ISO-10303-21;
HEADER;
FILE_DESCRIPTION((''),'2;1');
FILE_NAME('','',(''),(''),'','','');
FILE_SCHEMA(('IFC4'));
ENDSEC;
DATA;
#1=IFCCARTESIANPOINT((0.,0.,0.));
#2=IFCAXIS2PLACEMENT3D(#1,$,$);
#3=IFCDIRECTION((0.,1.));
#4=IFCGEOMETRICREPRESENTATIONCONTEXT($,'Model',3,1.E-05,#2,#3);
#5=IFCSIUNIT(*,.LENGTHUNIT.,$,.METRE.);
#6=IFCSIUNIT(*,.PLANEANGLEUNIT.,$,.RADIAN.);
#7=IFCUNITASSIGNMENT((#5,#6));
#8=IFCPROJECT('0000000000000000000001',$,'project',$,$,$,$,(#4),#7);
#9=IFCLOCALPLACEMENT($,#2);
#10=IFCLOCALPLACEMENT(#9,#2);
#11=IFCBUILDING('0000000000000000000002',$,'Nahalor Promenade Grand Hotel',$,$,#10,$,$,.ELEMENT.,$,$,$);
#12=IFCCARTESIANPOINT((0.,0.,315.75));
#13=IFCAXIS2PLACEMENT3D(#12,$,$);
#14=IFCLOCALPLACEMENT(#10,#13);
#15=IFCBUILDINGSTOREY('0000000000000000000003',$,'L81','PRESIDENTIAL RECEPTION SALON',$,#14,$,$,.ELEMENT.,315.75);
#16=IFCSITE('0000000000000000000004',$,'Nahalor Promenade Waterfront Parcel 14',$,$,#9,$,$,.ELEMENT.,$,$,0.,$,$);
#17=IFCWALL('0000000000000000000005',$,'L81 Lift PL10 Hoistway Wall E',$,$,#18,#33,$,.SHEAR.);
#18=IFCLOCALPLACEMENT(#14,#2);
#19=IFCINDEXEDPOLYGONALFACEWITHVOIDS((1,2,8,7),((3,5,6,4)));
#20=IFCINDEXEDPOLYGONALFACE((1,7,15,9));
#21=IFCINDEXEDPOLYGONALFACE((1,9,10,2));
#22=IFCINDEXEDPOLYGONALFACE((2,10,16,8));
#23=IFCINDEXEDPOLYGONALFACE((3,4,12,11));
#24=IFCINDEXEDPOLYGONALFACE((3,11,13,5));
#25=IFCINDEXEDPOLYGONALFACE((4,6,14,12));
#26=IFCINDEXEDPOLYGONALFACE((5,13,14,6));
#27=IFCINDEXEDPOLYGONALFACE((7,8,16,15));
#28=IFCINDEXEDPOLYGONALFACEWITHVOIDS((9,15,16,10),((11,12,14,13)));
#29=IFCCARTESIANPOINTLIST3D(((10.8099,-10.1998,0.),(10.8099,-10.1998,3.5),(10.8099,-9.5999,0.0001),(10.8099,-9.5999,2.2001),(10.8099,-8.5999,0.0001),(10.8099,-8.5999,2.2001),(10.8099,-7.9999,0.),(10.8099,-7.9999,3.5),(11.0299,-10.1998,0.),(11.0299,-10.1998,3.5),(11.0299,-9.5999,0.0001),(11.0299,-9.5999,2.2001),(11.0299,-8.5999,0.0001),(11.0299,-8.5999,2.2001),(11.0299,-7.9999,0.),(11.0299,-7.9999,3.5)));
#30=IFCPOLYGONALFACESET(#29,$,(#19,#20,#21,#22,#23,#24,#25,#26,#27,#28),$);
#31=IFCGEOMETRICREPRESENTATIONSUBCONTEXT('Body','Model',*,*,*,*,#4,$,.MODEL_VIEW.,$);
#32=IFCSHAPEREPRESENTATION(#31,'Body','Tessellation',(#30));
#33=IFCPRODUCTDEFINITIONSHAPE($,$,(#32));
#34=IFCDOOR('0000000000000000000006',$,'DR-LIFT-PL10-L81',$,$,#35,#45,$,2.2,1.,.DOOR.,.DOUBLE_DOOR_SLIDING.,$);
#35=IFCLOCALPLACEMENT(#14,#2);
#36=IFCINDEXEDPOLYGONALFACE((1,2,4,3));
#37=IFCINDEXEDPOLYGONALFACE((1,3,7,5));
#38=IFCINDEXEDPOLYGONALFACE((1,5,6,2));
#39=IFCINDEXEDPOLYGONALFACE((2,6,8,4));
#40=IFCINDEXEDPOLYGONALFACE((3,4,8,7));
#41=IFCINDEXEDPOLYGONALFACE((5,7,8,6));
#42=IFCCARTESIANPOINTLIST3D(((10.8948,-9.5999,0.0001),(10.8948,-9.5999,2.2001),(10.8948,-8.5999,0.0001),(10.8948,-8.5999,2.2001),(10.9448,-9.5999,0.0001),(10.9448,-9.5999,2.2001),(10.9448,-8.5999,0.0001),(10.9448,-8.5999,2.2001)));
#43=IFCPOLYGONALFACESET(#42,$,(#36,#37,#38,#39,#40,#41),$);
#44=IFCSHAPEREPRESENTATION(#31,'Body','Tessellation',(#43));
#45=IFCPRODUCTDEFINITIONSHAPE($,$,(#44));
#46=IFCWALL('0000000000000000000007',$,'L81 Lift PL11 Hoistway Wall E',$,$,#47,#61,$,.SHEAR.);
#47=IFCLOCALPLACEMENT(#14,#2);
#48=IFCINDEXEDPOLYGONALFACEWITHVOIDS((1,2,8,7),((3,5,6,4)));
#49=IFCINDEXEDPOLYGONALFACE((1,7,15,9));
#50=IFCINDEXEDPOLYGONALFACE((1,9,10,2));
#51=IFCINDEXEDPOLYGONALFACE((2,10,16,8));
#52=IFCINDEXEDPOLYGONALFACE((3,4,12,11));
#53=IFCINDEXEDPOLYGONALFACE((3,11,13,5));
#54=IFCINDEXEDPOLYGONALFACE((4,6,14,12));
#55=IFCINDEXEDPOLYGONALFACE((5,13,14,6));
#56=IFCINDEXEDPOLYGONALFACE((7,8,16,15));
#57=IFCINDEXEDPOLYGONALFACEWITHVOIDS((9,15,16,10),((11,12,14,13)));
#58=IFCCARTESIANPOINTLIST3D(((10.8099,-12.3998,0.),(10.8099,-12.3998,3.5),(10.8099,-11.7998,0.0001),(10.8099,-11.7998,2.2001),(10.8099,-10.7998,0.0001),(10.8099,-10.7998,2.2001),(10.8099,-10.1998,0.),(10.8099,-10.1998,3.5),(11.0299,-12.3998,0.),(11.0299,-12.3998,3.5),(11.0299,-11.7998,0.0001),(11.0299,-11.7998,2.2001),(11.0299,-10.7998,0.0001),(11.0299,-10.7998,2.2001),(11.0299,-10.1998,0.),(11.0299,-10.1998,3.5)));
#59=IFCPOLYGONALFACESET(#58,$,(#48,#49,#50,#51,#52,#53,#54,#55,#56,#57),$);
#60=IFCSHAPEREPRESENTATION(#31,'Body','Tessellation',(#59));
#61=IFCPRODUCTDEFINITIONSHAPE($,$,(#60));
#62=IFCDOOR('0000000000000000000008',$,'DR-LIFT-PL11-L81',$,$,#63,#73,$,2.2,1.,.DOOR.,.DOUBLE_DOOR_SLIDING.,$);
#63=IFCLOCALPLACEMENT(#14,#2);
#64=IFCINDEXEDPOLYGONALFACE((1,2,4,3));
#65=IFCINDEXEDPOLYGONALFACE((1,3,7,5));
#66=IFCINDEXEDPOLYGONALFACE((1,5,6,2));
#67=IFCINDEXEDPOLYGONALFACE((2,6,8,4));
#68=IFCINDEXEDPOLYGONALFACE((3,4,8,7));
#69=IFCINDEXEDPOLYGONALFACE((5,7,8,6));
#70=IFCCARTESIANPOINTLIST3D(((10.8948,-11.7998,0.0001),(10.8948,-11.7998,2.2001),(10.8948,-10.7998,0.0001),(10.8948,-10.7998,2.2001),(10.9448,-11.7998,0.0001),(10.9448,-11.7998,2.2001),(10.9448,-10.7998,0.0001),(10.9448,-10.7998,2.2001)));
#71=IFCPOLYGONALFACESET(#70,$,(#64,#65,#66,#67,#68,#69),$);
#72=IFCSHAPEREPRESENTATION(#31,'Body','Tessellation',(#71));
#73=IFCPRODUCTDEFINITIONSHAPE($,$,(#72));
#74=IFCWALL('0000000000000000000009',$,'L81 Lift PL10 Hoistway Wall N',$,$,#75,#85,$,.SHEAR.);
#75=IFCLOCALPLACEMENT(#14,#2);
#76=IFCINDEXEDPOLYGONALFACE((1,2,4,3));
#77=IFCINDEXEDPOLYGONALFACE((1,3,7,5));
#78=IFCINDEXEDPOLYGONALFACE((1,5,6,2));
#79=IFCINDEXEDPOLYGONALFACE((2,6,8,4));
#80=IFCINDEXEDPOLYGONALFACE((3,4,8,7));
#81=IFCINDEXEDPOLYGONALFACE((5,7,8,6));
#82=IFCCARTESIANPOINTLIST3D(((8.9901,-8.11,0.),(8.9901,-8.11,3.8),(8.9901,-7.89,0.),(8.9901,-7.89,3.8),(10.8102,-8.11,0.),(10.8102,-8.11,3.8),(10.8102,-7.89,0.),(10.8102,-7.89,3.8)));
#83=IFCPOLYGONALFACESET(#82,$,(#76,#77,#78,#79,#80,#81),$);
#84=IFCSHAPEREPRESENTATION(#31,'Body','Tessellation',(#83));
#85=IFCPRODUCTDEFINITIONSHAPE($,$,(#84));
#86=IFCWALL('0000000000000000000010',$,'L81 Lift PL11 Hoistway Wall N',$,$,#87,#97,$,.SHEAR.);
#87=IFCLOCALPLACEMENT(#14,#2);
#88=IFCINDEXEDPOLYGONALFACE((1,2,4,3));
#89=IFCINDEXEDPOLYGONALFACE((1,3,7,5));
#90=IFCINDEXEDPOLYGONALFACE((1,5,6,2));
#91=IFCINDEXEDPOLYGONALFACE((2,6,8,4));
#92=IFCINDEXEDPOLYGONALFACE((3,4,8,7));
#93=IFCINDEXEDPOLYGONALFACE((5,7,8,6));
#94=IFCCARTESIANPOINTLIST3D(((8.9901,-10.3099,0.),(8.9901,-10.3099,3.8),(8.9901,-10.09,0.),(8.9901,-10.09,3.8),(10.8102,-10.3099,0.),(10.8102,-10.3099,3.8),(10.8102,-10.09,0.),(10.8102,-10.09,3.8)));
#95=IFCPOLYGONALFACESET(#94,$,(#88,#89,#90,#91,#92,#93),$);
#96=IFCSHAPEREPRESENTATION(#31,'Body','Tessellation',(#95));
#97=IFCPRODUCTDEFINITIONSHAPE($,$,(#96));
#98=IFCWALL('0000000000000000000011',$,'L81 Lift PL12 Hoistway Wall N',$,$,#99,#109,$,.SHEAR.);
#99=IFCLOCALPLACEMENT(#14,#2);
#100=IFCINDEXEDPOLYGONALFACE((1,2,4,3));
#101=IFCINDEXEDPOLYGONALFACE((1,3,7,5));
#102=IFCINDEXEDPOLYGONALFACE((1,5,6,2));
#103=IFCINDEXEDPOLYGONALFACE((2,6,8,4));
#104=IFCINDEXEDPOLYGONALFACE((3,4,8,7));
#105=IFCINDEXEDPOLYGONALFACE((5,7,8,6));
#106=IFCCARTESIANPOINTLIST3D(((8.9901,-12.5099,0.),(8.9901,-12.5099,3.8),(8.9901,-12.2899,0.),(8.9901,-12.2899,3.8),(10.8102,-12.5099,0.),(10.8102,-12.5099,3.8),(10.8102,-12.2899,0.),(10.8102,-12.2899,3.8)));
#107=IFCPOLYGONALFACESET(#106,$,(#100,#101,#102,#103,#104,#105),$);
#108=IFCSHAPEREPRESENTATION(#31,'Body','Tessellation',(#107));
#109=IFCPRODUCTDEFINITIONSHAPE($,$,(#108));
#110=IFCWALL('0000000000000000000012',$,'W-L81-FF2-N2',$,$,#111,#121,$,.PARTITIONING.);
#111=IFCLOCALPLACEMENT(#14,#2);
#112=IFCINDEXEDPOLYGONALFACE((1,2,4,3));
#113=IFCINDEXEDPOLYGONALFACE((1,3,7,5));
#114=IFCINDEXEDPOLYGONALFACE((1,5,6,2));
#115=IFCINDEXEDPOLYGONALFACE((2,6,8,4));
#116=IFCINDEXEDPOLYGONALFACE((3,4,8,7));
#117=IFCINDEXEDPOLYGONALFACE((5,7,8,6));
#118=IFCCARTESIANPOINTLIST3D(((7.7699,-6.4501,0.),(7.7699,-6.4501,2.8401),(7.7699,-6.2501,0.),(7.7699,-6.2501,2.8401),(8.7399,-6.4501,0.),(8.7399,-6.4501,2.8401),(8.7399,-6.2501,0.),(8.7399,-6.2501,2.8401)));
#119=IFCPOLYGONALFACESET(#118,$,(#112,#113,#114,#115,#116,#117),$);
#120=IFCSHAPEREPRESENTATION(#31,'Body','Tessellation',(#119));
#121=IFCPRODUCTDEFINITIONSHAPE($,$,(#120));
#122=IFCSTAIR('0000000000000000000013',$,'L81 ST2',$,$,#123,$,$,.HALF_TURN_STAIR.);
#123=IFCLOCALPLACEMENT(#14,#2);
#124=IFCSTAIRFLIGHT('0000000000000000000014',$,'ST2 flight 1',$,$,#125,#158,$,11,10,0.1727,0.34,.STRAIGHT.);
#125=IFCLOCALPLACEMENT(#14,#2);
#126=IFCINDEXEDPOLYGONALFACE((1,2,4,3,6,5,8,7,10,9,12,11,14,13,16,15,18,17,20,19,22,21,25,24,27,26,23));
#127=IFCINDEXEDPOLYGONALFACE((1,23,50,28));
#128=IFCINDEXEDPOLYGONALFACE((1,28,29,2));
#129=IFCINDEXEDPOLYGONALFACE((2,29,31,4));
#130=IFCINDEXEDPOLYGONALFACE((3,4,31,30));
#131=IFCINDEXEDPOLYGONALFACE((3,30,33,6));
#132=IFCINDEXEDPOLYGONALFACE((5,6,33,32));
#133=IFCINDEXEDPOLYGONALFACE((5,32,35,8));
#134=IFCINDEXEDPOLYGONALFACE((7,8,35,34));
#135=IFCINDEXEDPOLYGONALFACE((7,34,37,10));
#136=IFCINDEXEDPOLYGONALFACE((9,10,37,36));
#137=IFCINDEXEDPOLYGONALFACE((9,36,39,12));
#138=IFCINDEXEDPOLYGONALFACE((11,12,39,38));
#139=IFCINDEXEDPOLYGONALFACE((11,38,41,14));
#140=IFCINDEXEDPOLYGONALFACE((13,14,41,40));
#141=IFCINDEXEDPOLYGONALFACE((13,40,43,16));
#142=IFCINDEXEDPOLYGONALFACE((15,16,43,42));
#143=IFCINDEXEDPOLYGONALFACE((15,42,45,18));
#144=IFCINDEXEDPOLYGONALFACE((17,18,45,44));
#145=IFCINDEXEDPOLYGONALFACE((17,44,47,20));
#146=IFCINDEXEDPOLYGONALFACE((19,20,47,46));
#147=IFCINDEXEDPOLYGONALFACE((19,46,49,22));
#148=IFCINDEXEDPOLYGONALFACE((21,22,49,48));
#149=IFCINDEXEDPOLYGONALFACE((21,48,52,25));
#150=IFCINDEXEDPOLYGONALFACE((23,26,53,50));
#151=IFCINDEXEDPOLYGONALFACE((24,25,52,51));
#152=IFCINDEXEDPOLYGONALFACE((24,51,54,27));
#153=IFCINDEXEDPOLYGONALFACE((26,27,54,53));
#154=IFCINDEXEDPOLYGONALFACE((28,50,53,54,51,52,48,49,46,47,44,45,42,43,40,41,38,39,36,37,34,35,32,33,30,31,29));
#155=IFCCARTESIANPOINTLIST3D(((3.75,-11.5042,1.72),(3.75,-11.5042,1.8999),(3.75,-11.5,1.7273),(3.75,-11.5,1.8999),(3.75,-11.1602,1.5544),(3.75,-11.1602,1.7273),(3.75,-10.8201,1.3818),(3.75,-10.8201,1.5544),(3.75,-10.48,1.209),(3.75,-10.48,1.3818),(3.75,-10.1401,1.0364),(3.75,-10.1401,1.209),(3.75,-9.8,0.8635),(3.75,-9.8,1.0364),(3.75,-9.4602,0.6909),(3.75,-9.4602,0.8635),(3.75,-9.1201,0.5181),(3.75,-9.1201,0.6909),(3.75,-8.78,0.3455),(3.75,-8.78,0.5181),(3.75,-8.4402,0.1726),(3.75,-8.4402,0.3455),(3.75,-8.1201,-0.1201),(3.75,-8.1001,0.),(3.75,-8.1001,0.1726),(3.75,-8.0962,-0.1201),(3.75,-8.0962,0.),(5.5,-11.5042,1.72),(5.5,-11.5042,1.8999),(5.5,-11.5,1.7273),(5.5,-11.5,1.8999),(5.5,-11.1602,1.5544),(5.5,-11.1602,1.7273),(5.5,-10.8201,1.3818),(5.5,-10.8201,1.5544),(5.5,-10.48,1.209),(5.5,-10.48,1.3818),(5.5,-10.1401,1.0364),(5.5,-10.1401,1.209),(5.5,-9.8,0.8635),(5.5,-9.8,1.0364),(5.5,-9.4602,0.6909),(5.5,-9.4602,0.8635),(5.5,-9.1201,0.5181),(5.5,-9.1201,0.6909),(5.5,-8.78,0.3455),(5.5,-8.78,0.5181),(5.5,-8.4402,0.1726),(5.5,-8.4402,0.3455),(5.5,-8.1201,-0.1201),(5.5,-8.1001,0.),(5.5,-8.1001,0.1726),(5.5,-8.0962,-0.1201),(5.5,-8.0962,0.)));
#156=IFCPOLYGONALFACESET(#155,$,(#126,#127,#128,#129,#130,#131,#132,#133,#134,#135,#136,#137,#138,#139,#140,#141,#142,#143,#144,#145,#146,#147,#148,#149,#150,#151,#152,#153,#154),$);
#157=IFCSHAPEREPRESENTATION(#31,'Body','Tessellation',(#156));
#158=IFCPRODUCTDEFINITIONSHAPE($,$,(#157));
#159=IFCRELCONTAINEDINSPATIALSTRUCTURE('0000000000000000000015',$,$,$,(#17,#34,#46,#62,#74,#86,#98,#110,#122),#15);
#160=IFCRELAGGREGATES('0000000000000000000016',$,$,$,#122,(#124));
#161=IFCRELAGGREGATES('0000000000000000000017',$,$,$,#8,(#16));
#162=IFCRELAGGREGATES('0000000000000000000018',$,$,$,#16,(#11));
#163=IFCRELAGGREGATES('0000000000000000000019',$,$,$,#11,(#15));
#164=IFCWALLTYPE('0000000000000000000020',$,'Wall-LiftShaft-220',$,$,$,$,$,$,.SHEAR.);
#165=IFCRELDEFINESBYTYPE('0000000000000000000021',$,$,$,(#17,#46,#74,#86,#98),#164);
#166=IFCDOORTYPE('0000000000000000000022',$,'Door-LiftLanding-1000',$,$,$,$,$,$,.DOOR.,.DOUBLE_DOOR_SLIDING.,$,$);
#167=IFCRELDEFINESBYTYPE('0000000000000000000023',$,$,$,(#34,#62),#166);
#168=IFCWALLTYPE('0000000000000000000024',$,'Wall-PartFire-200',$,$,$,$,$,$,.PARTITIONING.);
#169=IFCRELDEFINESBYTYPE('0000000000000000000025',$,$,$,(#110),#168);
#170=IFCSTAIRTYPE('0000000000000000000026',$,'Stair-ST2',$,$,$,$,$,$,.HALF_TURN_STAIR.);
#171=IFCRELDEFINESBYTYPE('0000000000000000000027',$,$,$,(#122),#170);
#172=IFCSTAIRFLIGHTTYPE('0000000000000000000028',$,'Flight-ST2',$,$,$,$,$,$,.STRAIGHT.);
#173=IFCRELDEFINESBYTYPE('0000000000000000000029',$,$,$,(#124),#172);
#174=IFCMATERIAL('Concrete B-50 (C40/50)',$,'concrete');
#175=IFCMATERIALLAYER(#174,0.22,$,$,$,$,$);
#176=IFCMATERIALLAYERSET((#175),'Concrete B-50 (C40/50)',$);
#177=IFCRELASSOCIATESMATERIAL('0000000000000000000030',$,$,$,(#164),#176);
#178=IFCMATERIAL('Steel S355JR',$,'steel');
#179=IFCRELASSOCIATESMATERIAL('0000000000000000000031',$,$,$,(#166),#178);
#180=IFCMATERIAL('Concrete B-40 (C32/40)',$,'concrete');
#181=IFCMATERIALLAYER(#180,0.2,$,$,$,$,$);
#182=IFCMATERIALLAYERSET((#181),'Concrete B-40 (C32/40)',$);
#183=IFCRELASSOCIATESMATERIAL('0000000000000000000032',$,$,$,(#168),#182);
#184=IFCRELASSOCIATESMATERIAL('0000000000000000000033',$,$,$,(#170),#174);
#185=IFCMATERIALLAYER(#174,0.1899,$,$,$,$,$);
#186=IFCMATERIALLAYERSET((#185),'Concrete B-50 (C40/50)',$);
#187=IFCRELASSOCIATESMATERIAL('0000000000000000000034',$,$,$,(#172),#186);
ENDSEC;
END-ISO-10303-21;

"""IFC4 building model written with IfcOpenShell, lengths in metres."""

from ifc_helpers import new_model, si_unit, direction, frame, frame_2d, origin, place, context, subcontext, project, spatial, polyline, rectangle, outline, extrude, source, transform, mapped, material, layer, layer_set, type_object, element, fill, aggregate, save


model = new_model("IFC4")

# Units and contexts
model_context = context("Model", 3, precision=1e-05, world=origin(), true_north=direction((0.0, 1.0)))
body_context = subcontext(model_context, "Body", "Model", "MODEL_VIEW")
ifc_project = project(units=[si_unit("LENGTHUNIT", "METRE"), si_unit("PLANEANGLEUNIT", "RADIAN")], contexts=[model_context])

# Site, building, storey
site_placement = place(None, origin())
site = spatial("IfcSite", under=ifc_project, at=site_placement, Name="Nahalor Promenade Waterfront Parcel 14", CompositionType="ELEMENT", RefElevation=0.0)
building_placement = place(site_placement, origin())
building = spatial("IfcBuilding", under=site, at=building_placement, Name="Nahalor Promenade Grand Hotel", CompositionType="ELEMENT")
storey_placement = place(building_placement, frame((0.0, 0.0, 315.75)))
storey = spatial("IfcBuildingStorey", under=building, at=storey_placement, Name="L81", Description="PRESIDENTIAL RECEPTION SALON", CompositionType="ELEMENT", Elevation=315.75)

# Shared definitions
ifc_material_1 = material(Name="Steel S355JR", Category="steel")

# Shared definitions
ifc_material_2 = material(Name="Concrete B-50 (C40/50)", Category="concrete")
ifc_layer_1 = layer(ifc_material_2, 0.22)
ifc_layer_set_1 = layer_set([ifc_layer_1], Name="Concrete B-50 (C40/50)")
wall_type_1 = type_object("IfcWallType", Name="Wall-LiftShaft-220", PredefinedType="SHEAR", material=ifc_layer_set_1)
shared_shape_1 = source(origin(), body_context, "Body", "SweptSolid", [
    extrude(rectangle(XDim=2.2, YDim=0.22, at=frame_2d((1.1001, 0.0))), origin(), (0.0, 0.0, 1.0), 3.5),
])

# Walls, openings, doors
wall_1_placement = place(storey_placement, frame((10.9199, -10.2, 0.0), z_axis=(0.0, 0.0, 1.0), x_axis=(0.0, 1.0, 0.0)))
wall_1 = element("IfcWall", 1, at=wall_1_placement, inside=storey, type_object=wall_type_1, Name="L81 Lift PL10 Hoistway Wall E", PredefinedType="SHEAR", context=body_context, shape_type="MappedRepresentation", body=[
    mapped(shared_shape_1, transform((0.0, 0.0, 0.0), scale=1.0)),
])
opening_1_placement = place(wall_1_placement, frame((0.6001, 0.0, 0.0)))
opening_1 = element("IfcOpeningElement", 2, at=opening_1_placement, cuts=wall_1, PredefinedType="OPENING", context=body_context, shape_type="SweptSolid", body=[
    extrude(rectangle(XDim=1.0, YDim=2.2, at=frame_2d((0.5, 1.1001))), frame((0.0, 0.1199, 0.0), z_axis=(0.0, -1.0, 0.0), x_axis=(1.0, 0.0, 0.0)), (0.0, 0.0, 1.0), 0.24),
])
door_type = type_object("IfcDoorType", Name="Door-LiftLanding-1000", OperationType="DOUBLE_DOOR_SLIDING", PredefinedType="DOOR", material=ifc_material_1)
shared_shape_2 = source(origin(), body_context, "Body", "SweptSolid", [
    extrude(rectangle(XDim=1.0, YDim=2.2, at=frame_2d((0.5, 1.1001))), frame((0.0, 0.0249, 0.0), z_axis=(0.0, -1.0, 0.0), x_axis=(1.0, 0.0, 0.0)), (0.0, 0.0, 1.0), 0.05),
])
door_1_placement = place(opening_1_placement, frame((1.0, 0.0, 0.0), z_axis=(0.0, 0.0, 1.0), x_axis=(-1.0, 0.0, 0.0)))
door_1 = element("IfcDoor", 3, at=door_1_placement, inside=storey, type_object=door_type, Name="DR-LIFT-PL10-L81", OperationType="DOUBLE_DOOR_SLIDING", OverallHeight=2.2, OverallWidth=1.0, PredefinedType="DOOR", context=body_context, shape_type="MappedRepresentation", body=[
    mapped(shared_shape_2, transform((0.0, 0.0, 0.0), scale=1.0)),
])
fill(opening_1, door_1)
wall_2_placement = place(storey_placement, frame((10.9199, -12.3999, 0.0), z_axis=(0.0, 0.0, 1.0), x_axis=(0.0, 1.0, 0.0)))
wall_2 = element("IfcWall", 4, at=wall_2_placement, inside=storey, type_object=wall_type_1, Name="L81 Lift PL11 Hoistway Wall E", PredefinedType="SHEAR", context=body_context, shape_type="MappedRepresentation", body=[
    mapped(shared_shape_1, transform((0.0, 0.0, 0.0), scale=1.0)),
])
opening_2_placement = place(wall_2_placement, frame((0.6001, 0.0, 0.0)))
opening_2 = element("IfcOpeningElement", 5, at=opening_2_placement, cuts=wall_2, PredefinedType="OPENING", context=body_context, shape_type="SweptSolid", body=[
    extrude(rectangle(XDim=1.0, YDim=2.2, at=frame_2d((0.5, 1.1001))), frame((0.0, 0.1199, 0.0), z_axis=(0.0, -1.0, 0.0), x_axis=(1.0, 0.0, 0.0)), (0.0, 0.0, 1.0), 0.24),
])
door_2_placement = place(opening_2_placement, frame((1.0, 0.0, 0.0), z_axis=(0.0, 0.0, 1.0), x_axis=(-1.0, 0.0, 0.0)))
door_2 = element("IfcDoor", 6, at=door_2_placement, inside=storey, type_object=door_type, Name="DR-LIFT-PL11-L81", OperationType="DOUBLE_DOOR_SLIDING", OverallHeight=2.2, OverallWidth=1.0, PredefinedType="DOOR", context=body_context, shape_type="MappedRepresentation", body=[
    mapped(shared_shape_2, transform((0.0, 0.0, 0.0), scale=1.0)),
])
fill(opening_2, door_2)

# Walls
shared_shape_3 = source(origin(), body_context, "Body", "SweptSolid", [
    extrude(rectangle(XDim=1.8201, YDim=0.22, at=frame_2d((0.9102, 0.0))), origin(), (0.0, 0.0, 1.0), 3.8),
])
for number, where, z_axis, x_axis, name in (
    (7, (8.99, -8.0, 0.0), (0.0, 0.0, 1.0), (1.0, 0.0, 0.0), "L81 Lift PL10 Hoistway Wall N"),
    (8, (8.99, -10.2, 0.0), (0.0, 0.0, 1.0), (1.0, 0.0, 0.0), "L81 Lift PL11 Hoistway Wall N"),
    (9, (8.99, -12.3999, 0.0), (0.0, 0.0, 1.0), (1.0, 0.0, 0.0), "L81 Lift PL12 Hoistway Wall N"),
):
    element("IfcWall", number, at=place(storey_placement, frame(where, z_axis=z_axis, x_axis=x_axis)), inside=storey, type_object=wall_type_1, Name=name, PredefinedType="SHEAR", context=body_context, shape_type="MappedRepresentation", body=[
        mapped(shared_shape_3, transform((0.0, 0.0, 0.0), scale=1.0)),
    ])
ifc_material_3 = material(Name="Concrete B-40 (C32/40)", Category="concrete")
ifc_layer_2 = layer(ifc_material_3, 0.2)
ifc_layer_set_2 = layer_set([ifc_layer_2], Name="Concrete B-40 (C32/40)")
wall_type_2 = type_object("IfcWallType", Name="Wall-PartFire-200", PredefinedType="PARTITIONING", material=ifc_layer_set_2)
shared_shape_4 = source(origin(), body_context, "Body", "SweptSolid", [
    extrude(rectangle(XDim=0.97, YDim=0.2, at=frame_2d((0.4849, 0.0))), origin(), (0.0, 0.0, 1.0), 2.8401),
])
wall_3_placement = place(storey_placement, frame((7.77, -6.3501, 0.0), z_axis=(0.0, 0.0, 1.0), x_axis=(1.0, 0.0, 0.0)))
element("IfcWall", 10, at=wall_3_placement, inside=storey, type_object=wall_type_2, Name="W-L81-FF2-N2", PredefinedType="PARTITIONING", context=body_context, shape_type="MappedRepresentation", body=[
    mapped(shared_shape_4, transform((0.0, 0.0, 0.0), scale=1.0)),
])

# Stair, stair flight
stair_type = type_object("IfcStairType", Name="Stair-ST2", PredefinedType="HALF_TURN_STAIR", material=ifc_material_2)
stair_placement = place(storey_placement, origin())
stair = element("IfcStair", 11, at=stair_placement, inside=storey, type_object=stair_type, Name="L81 ST2", PredefinedType="HALF_TURN_STAIR")
ifc_layer_3 = layer(ifc_material_2, 0.1899)
ifc_layer_set_3 = layer_set([ifc_layer_3], Name="Concrete B-50 (C40/50)")
stair_flight_type = type_object("IfcStairFlightType", Name="Flight-ST2", PredefinedType="STRAIGHT", material=ifc_layer_set_3)
shared_shape_5 = source(origin(), body_context, "Body", "SweptSolid", [
    extrude(outline(polyline([(-0.0039, -0.1201), (-0.0039, 0.0), (0.0, 0.0), (0.0, 0.1726), (0.3401, 0.1726), (0.3401, 0.3455), (0.6799, 0.3455), (0.6799, 0.5181), (1.02, 0.5181), (1.02, 0.6909), (1.3601, 0.6909), (1.3601, 0.8635), (1.7, 0.8635), (1.7, 1.0364), (2.04, 1.0364), (2.04, 1.209), (2.3799, 1.209), (2.3799, 1.3818), (2.72, 1.3818), (2.72, 1.5544), (3.0601, 1.5544), (3.0601, 1.7273), (3.3999, 1.7273), (3.3999, 1.8999), (3.4041, 1.8999), (3.4041, 1.72), (0.02, -0.1201), (-0.0039, -0.1201)])), frame((0.0, 0.875, 0.0), z_axis=(0.0, -1.0, 0.0), x_axis=(1.0, 0.0, 0.0)), (0.0, 0.0, 1.0), 1.75),
])
stair_flight_1_placement = place(storey_placement, frame((4.625, -8.1001, 0.0), z_axis=(0.0, 0.0, 1.0), x_axis=(0.0, -1.0, 0.0)))
stair_flight_1 = element("IfcStairFlight", 12, at=stair_flight_1_placement, type_object=stair_flight_type, Name="ST2 flight 1", NumberOfRisers=11, NumberOfTreads=10, PredefinedType="STRAIGHT", RiserHeight=0.1727, TreadLength=0.34, context=body_context, shape_type="MappedRepresentation", body=[
    mapped(shared_shape_5, transform((0.0, 0.0, 0.0), scale=1.0)),
])
aggregate(stair, [stair_flight_1])

save(model, "model.ifc")
